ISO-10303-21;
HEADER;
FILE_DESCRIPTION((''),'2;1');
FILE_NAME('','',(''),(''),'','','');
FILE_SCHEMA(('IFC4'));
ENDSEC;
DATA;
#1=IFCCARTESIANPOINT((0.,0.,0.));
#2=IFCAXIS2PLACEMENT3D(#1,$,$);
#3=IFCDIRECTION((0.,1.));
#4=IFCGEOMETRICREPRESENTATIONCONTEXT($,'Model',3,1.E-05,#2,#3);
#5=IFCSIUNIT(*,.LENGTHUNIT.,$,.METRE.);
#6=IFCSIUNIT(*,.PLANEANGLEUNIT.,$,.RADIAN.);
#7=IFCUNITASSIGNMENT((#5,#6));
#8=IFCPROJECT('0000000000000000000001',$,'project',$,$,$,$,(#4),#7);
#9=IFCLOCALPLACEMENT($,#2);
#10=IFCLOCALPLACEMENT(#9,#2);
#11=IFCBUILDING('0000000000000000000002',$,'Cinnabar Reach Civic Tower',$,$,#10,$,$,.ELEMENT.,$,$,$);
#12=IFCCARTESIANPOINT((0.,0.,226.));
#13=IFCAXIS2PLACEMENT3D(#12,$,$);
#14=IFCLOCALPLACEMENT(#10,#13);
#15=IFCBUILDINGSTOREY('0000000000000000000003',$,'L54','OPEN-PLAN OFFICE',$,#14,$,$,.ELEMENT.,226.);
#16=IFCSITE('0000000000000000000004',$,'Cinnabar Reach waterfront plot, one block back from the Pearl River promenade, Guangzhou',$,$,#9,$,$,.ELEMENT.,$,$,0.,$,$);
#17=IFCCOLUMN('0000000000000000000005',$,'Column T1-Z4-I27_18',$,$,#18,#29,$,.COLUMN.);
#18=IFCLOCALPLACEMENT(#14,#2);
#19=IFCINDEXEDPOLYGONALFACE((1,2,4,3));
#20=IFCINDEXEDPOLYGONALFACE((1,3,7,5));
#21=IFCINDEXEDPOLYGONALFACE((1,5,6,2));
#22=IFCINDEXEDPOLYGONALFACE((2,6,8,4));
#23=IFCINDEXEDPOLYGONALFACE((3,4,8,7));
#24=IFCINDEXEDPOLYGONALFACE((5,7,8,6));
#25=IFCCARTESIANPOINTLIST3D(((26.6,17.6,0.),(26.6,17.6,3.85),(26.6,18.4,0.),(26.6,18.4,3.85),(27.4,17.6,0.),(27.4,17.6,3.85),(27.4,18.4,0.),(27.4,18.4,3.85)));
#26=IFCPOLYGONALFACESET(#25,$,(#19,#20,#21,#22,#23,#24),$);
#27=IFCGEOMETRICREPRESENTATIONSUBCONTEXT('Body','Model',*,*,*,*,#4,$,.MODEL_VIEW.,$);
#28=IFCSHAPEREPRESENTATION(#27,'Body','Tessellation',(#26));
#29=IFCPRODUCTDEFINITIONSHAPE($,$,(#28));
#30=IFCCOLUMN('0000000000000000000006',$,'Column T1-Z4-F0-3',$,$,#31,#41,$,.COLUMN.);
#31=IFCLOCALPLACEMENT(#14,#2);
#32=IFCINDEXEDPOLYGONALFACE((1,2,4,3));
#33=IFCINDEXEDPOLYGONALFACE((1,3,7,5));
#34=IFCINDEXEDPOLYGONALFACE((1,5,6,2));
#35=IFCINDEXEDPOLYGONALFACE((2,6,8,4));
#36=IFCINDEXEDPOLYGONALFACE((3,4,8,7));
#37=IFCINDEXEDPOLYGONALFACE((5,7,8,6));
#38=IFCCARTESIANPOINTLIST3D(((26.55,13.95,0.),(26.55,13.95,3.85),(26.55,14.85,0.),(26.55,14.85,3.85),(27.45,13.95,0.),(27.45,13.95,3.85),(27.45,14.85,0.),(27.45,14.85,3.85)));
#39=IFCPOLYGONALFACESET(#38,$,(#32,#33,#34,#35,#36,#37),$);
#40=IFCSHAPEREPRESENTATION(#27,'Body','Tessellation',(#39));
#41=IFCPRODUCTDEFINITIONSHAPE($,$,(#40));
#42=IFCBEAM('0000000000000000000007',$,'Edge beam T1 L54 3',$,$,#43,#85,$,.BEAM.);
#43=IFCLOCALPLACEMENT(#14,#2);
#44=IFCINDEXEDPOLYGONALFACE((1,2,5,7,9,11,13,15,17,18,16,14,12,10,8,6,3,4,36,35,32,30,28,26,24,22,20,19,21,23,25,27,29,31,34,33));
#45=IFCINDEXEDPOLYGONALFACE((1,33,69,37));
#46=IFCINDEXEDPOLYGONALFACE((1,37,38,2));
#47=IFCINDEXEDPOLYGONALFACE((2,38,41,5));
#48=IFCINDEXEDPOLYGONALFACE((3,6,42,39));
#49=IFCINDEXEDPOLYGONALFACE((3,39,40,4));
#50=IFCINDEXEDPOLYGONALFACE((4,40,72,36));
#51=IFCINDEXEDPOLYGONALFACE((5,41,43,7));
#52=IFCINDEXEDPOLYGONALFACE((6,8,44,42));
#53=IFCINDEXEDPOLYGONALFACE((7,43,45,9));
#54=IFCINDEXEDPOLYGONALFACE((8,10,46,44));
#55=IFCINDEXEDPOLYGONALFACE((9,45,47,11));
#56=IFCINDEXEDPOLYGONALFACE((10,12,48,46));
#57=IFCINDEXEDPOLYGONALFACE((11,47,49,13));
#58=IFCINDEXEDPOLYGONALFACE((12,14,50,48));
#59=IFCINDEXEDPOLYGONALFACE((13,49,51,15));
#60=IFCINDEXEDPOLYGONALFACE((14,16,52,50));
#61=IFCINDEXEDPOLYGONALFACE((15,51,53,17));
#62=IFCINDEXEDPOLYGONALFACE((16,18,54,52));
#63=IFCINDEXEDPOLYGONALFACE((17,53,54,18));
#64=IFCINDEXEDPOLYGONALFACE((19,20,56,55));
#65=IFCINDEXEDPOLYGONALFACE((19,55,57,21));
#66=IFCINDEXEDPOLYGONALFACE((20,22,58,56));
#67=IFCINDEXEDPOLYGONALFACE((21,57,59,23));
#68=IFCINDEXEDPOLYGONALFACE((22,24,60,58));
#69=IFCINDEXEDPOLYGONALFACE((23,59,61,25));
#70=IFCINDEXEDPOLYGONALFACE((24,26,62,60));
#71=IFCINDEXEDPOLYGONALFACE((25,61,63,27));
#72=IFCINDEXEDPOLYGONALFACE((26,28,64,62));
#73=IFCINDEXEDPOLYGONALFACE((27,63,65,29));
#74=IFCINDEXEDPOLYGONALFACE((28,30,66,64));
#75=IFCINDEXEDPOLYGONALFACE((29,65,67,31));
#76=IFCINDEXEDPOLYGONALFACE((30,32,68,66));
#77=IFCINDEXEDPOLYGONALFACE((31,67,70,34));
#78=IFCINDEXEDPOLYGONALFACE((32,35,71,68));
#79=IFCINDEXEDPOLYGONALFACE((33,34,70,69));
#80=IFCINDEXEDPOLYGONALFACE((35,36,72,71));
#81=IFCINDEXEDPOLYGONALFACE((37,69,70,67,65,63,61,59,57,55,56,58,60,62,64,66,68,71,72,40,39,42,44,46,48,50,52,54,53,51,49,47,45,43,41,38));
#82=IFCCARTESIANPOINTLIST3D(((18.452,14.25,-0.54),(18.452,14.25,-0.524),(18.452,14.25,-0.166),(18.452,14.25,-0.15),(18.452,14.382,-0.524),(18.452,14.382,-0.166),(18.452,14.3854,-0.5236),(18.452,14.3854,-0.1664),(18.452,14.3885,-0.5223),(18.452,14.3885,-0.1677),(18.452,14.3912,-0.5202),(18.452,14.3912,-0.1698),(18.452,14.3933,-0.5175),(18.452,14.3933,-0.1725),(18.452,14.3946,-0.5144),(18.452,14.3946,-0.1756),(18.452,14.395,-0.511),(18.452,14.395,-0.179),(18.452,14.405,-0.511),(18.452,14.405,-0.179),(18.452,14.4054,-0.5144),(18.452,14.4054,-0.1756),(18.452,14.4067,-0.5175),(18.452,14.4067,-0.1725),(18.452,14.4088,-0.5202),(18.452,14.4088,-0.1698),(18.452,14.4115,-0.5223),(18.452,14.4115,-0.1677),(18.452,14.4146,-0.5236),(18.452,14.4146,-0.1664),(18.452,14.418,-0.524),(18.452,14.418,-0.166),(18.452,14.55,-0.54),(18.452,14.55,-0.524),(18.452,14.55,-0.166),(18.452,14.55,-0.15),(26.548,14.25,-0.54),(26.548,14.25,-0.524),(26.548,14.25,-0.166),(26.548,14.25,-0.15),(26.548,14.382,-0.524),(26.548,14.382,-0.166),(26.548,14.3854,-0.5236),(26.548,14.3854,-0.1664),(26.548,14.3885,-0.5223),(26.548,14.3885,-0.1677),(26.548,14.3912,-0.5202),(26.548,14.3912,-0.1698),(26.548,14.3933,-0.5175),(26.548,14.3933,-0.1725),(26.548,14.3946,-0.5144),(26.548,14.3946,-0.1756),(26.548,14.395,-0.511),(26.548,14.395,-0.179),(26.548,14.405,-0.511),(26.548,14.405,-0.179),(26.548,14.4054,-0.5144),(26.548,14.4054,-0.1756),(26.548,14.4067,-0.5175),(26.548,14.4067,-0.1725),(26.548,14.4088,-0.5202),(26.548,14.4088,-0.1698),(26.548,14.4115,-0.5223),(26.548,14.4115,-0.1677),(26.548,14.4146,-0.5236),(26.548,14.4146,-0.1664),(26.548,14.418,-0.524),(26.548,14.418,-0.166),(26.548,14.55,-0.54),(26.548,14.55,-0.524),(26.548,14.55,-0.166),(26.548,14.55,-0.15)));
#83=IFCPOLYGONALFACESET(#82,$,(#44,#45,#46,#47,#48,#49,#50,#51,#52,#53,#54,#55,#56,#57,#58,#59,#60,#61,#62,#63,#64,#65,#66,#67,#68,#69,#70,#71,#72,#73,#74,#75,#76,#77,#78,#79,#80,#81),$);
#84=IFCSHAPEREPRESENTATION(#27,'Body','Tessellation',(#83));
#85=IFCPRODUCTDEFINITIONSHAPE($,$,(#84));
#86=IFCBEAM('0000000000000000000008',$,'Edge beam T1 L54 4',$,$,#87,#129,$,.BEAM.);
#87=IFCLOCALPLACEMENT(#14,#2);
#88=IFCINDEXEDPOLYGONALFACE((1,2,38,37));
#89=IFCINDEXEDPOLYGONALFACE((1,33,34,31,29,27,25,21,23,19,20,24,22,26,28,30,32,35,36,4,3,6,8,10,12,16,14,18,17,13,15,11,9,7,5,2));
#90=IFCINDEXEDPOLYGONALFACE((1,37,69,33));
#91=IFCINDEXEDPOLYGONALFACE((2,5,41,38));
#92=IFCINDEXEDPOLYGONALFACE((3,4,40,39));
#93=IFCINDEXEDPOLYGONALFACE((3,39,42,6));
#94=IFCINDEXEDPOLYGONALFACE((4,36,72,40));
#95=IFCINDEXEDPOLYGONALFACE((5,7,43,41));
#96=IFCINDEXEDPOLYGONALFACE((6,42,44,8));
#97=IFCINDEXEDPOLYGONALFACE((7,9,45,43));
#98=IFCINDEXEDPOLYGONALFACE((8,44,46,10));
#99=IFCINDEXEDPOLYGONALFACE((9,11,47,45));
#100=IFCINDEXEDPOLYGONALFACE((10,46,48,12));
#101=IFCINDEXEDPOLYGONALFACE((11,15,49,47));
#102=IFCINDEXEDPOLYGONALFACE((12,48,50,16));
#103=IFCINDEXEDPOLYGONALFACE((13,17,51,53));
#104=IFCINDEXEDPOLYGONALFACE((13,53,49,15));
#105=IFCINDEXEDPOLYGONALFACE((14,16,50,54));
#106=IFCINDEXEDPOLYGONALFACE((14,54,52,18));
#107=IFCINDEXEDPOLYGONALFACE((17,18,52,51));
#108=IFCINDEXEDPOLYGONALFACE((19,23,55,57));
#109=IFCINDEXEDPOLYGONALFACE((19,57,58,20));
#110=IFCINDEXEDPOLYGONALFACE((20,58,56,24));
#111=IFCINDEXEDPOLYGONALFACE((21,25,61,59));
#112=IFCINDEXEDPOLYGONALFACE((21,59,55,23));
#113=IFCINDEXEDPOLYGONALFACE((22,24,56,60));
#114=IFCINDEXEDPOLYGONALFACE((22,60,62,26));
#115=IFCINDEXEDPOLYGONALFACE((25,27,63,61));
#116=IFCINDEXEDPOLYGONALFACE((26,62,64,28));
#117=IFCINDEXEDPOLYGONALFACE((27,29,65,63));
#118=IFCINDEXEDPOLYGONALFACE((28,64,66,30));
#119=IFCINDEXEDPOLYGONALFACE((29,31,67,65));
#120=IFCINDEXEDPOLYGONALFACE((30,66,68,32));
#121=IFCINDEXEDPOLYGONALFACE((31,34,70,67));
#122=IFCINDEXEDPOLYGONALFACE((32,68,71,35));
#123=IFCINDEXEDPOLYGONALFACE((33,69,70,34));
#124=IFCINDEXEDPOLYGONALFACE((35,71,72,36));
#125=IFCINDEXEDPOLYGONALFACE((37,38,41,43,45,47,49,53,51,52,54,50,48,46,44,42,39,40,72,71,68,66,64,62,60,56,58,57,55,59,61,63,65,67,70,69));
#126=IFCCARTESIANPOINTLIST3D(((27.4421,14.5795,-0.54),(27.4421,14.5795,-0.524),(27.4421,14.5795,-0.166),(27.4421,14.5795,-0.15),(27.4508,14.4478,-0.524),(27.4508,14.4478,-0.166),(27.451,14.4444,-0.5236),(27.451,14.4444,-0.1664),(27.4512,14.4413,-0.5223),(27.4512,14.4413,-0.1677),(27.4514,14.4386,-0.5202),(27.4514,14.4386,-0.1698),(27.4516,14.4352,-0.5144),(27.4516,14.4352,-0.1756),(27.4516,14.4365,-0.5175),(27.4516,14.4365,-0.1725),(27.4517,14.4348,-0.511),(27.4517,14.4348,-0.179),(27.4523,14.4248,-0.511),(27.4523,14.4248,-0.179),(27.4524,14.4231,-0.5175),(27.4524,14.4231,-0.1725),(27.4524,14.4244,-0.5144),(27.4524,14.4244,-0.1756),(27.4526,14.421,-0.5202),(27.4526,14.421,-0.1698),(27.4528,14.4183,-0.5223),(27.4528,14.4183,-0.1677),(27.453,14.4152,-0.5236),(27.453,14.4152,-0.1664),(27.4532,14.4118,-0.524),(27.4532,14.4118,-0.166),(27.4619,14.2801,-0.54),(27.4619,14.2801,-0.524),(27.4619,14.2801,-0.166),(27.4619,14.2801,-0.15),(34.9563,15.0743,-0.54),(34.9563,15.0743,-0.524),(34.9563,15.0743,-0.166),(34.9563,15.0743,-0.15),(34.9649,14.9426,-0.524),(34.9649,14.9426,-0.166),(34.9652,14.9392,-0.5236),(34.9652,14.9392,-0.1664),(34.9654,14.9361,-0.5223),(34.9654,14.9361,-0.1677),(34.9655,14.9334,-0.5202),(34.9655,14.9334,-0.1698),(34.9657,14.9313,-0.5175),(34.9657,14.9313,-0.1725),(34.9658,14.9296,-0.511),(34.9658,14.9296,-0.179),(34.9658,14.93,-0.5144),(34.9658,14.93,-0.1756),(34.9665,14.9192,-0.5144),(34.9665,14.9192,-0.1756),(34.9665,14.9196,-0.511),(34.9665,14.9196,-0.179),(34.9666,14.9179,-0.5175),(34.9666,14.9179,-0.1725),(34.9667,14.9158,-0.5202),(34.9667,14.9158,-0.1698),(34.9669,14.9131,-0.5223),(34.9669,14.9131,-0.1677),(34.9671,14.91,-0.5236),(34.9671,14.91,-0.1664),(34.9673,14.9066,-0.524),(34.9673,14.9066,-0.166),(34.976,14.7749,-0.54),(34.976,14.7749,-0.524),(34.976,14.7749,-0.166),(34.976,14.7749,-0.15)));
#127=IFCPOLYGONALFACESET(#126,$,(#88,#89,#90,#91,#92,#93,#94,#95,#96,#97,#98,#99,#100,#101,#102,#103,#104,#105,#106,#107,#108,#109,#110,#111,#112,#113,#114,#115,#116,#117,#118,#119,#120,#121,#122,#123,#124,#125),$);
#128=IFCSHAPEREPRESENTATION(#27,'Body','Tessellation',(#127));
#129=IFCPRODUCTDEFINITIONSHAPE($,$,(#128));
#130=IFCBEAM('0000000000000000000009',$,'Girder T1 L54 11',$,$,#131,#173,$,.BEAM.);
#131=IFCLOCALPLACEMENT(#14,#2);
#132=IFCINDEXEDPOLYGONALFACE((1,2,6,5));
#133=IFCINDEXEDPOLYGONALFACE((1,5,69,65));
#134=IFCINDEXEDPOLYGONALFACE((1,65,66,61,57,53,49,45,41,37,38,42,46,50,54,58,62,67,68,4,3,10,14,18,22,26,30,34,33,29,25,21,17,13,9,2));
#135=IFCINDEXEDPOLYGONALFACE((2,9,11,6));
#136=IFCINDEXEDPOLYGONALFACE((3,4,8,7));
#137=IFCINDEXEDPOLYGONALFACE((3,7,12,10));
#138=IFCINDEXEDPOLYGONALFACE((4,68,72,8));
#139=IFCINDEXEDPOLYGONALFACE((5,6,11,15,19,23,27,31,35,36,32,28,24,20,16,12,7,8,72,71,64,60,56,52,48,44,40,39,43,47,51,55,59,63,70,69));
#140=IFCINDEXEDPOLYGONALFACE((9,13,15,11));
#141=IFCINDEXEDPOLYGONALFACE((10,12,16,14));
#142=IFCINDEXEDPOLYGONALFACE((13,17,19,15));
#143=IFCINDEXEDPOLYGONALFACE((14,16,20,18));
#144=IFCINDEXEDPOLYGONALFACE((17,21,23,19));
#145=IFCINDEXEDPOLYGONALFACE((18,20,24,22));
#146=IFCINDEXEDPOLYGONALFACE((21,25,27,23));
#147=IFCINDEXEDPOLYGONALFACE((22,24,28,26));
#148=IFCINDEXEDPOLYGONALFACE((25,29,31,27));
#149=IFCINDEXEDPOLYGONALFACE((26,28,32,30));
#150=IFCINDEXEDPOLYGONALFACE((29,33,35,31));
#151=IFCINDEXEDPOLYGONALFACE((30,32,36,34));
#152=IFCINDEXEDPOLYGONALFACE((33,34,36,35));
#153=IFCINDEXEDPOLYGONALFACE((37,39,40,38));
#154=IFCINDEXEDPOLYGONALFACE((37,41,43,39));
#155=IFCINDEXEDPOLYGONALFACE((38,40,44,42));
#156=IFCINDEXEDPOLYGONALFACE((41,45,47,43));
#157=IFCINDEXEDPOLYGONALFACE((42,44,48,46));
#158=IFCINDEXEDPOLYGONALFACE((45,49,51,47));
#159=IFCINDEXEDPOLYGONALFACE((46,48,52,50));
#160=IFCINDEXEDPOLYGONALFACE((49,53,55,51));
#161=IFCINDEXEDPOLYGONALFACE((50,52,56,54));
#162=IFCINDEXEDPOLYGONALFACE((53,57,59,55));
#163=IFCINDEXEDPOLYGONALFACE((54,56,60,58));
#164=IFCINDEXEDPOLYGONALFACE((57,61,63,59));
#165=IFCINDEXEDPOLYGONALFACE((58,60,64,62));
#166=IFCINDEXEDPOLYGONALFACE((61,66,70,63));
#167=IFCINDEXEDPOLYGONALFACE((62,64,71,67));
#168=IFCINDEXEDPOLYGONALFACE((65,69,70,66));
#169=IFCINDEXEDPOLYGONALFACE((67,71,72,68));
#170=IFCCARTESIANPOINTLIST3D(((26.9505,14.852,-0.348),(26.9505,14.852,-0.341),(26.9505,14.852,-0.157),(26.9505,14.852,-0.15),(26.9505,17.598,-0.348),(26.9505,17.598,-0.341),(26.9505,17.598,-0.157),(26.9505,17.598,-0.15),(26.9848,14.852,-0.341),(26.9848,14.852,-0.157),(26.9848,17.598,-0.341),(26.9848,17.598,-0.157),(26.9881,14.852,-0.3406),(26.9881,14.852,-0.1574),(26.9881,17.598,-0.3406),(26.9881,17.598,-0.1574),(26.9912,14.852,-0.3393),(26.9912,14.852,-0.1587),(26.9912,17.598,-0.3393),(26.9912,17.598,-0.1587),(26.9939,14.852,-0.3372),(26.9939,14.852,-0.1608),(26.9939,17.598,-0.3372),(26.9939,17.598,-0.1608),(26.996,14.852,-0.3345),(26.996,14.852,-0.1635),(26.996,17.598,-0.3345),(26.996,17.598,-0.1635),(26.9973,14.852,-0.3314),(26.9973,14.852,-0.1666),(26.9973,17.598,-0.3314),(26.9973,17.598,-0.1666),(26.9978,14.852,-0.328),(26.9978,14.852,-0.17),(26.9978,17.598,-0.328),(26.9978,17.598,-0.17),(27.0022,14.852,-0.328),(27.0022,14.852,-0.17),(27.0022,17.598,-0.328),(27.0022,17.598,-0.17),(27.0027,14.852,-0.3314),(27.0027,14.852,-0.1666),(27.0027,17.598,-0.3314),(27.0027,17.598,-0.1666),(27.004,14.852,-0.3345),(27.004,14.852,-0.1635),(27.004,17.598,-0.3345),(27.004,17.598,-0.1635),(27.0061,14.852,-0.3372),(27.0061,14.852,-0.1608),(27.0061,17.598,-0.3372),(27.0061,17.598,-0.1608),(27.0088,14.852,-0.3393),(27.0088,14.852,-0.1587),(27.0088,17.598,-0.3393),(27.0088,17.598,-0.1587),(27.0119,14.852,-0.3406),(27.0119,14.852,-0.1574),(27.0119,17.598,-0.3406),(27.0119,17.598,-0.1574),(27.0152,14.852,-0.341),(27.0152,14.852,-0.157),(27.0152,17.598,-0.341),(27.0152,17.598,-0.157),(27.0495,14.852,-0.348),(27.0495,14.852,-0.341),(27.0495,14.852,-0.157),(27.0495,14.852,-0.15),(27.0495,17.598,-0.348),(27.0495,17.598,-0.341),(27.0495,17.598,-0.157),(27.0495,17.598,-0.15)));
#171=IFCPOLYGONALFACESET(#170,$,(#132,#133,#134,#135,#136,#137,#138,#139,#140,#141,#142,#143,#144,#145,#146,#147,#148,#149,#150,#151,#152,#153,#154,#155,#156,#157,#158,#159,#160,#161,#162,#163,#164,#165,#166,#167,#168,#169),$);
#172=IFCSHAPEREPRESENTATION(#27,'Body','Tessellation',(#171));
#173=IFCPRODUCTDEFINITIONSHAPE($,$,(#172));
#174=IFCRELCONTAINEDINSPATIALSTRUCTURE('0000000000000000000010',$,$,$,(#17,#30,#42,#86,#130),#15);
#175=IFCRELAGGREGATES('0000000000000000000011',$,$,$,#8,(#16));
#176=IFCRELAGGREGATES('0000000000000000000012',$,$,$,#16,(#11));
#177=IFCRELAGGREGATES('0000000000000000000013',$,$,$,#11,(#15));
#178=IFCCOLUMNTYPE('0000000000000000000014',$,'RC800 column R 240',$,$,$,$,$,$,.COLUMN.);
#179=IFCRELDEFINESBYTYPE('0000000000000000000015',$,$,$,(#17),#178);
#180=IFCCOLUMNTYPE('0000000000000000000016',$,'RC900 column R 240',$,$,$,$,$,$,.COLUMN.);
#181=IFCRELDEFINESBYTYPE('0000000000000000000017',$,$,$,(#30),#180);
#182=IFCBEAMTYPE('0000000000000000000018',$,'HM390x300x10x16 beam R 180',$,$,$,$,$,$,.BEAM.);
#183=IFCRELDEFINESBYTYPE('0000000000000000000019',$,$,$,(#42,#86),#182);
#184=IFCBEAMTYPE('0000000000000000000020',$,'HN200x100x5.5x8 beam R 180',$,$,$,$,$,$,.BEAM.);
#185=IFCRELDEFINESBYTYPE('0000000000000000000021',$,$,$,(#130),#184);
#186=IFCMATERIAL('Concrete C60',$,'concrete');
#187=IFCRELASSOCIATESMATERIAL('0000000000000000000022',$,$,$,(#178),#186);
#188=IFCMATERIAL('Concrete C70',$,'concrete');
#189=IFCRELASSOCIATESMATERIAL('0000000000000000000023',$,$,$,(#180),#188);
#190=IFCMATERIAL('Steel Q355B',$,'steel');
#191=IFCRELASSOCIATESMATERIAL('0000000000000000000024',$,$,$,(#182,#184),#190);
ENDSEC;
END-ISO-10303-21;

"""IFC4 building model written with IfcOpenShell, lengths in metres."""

from ifc_helpers import new_model, si_unit, direction, frame, origin, origin_2d, place, context, subcontext, project, spatial, rectangle, i_section, extrude, material, material_profile, profile_set, type_object, element, save


model = new_model("IFC4")

# Units and contexts
model_context = context("Model", 3, precision=1e-05, world=origin(), true_north=direction((0.0, 1.0)))
body_context = subcontext(model_context, "Body", "Model", "MODEL_VIEW")
ifc_project = project(units=[si_unit("LENGTHUNIT", "METRE"), si_unit("PLANEANGLEUNIT", "RADIAN")], contexts=[model_context])

# Site, building, storey
site_placement = place(None, origin())
site = spatial("IfcSite", under=ifc_project, at=site_placement, Name="Cinnabar Reach waterfront plot, one block back from the Pearl River promenade, Guangzhou", CompositionType="ELEMENT", RefElevation=0.0)
building_placement = place(site_placement, origin())
building = spatial("IfcBuilding", under=site, at=building_placement, Name="Cinnabar Reach Civic Tower", CompositionType="ELEMENT")
storey_placement = place(building_placement, frame((0.0, 0.0, 226.0)))
storey = spatial("IfcBuildingStorey", under=building, at=storey_placement, Name="L54", Description="OPEN-PLAN OFFICE", CompositionType="ELEMENT", Elevation=226.0)

# Columns
ifc_material_1 = material(Name="Concrete C60", Category="concrete")
ifc_material_profile_1 = material_profile(ifc_material_1, rectangle(XDim=0.8, YDim=0.8, at=origin_2d()), Name="RC800")
ifc_profile_set_1 = profile_set([ifc_material_profile_1], Name="Concrete C60")
column_type_1 = type_object("IfcColumnType", Name="RC800 column R 240", PredefinedType="COLUMN", material=ifc_profile_set_1)
column_1_placement = place(storey_placement, frame((27.0, 18.0, 0.0), z_axis=(0.0, 0.0, 1.0), x_axis=(1.0, 0.0, 0.0)))
element("IfcColumn", 1, at=column_1_placement, inside=storey, type_object=column_type_1, Name="Column T1-Z4-I27_18", PredefinedType="COLUMN", context=body_context, shape_type="SweptSolid", body=[
    extrude(rectangle(XDim=0.8, YDim=0.8, at=origin_2d()), origin(), (0.0, 0.0, 1.0), 3.85),
])
ifc_material_2 = material(Name="Concrete C70", Category="concrete")
ifc_material_profile_2 = material_profile(ifc_material_2, rectangle(XDim=0.9, YDim=0.9, at=origin_2d()), Name="RC900")
ifc_profile_set_2 = profile_set([ifc_material_profile_2], Name="Concrete C70")
column_type_2 = type_object("IfcColumnType", Name="RC900 column R 240", PredefinedType="COLUMN", material=ifc_profile_set_2)
column_2_placement = place(storey_placement, frame((27.0, 14.4, 0.0), z_axis=(0.0, 0.0, 1.0), x_axis=(1.0, 0.0, 0.0)))
element("IfcColumn", 2, at=column_2_placement, inside=storey, type_object=column_type_2, Name="Column T1-Z4-F0-3", PredefinedType="COLUMN", context=body_context, shape_type="SweptSolid", body=[
    extrude(rectangle(XDim=0.9, YDim=0.9, at=origin_2d()), origin(), (0.0, 0.0, 1.0), 3.85),
])

# Beams
ifc_material_3 = material(Name="Steel Q355B", Category="steel")
ifc_material_profile_3 = material_profile(ifc_material_3, i_section(OverallWidth=0.3, OverallDepth=0.39, WebThickness=0.01, FlangeThickness=0.016, FilletRadius=0.013, at=origin_2d()), Name="HM390x300x10x16")
ifc_profile_set_3 = profile_set([ifc_material_profile_3], Name="Steel Q355B")
beam_type_1 = type_object("IfcBeamType", Name="HM390x300x10x16 beam R 180", PredefinedType="BEAM", material=ifc_profile_set_3)
beam_1_placement = place(storey_placement, frame((18.452, 14.4, -0.345), z_axis=(1.0, 0.0, 0.0), x_axis=(0.0, 1.0, 0.0)))
element("IfcBeam", 3, at=beam_1_placement, inside=storey, type_object=beam_type_1, Name="Edge beam T1 L54 3", PredefinedType="BEAM", context=body_context, shape_type="SweptSolid", body=[
    extrude(i_section(OverallWidth=0.3, OverallDepth=0.39, WebThickness=0.01, FlangeThickness=0.016, FilletRadius=0.013, at=origin_2d()), origin(), (0.0, 0.0, 1.0), 8.096),
])
beam_2_placement = place(storey_placement, frame((27.452, 14.4298, -0.345), z_axis=(0.997839, 0.065707, 0.0), x_axis=(-0.065707, 0.997839, 0.0)))
element("IfcBeam", 4, at=beam_2_placement, inside=storey, type_object=beam_type_1, Name="Edge beam T1 L54 4", PredefinedType="BEAM", context=body_context, shape_type="SweptSolid", body=[
    extrude(i_section(OverallWidth=0.3, OverallDepth=0.39, WebThickness=0.01, FlangeThickness=0.016, FilletRadius=0.013, at=origin_2d()), origin(), (0.0, 0.0, 1.0), 7.5304),
])
ifc_material_profile_4 = material_profile(ifc_material_3, i_section(OverallWidth=0.099, OverallDepth=0.198, WebThickness=0.0045, FlangeThickness=0.007, FilletRadius=0.013, at=origin_2d()), Name="HN200x100x5.5x8")
ifc_profile_set_4 = profile_set([ifc_material_profile_4], Name="Steel Q355B")
beam_type_2 = type_object("IfcBeamType", Name="HN200x100x5.5x8 beam R 180", PredefinedType="BEAM", material=ifc_profile_set_4)
beam_3_placement = place(storey_placement, frame((27.0, 14.852, -0.249), z_axis=(0.0, 1.0, 0.0), x_axis=(-1.0, 0.0, 0.0)))
element("IfcBeam", 5, at=beam_3_placement, inside=storey, type_object=beam_type_2, Name="Girder T1 L54 11", PredefinedType="BEAM", context=body_context, shape_type="SweptSolid", body=[
    extrude(i_section(OverallWidth=0.099, OverallDepth=0.198, WebThickness=0.0045, FlangeThickness=0.007, FilletRadius=0.013, at=origin_2d()), origin(), (0.0, 0.0, 1.0), 2.746),
])

save(model, "model.ifc")
